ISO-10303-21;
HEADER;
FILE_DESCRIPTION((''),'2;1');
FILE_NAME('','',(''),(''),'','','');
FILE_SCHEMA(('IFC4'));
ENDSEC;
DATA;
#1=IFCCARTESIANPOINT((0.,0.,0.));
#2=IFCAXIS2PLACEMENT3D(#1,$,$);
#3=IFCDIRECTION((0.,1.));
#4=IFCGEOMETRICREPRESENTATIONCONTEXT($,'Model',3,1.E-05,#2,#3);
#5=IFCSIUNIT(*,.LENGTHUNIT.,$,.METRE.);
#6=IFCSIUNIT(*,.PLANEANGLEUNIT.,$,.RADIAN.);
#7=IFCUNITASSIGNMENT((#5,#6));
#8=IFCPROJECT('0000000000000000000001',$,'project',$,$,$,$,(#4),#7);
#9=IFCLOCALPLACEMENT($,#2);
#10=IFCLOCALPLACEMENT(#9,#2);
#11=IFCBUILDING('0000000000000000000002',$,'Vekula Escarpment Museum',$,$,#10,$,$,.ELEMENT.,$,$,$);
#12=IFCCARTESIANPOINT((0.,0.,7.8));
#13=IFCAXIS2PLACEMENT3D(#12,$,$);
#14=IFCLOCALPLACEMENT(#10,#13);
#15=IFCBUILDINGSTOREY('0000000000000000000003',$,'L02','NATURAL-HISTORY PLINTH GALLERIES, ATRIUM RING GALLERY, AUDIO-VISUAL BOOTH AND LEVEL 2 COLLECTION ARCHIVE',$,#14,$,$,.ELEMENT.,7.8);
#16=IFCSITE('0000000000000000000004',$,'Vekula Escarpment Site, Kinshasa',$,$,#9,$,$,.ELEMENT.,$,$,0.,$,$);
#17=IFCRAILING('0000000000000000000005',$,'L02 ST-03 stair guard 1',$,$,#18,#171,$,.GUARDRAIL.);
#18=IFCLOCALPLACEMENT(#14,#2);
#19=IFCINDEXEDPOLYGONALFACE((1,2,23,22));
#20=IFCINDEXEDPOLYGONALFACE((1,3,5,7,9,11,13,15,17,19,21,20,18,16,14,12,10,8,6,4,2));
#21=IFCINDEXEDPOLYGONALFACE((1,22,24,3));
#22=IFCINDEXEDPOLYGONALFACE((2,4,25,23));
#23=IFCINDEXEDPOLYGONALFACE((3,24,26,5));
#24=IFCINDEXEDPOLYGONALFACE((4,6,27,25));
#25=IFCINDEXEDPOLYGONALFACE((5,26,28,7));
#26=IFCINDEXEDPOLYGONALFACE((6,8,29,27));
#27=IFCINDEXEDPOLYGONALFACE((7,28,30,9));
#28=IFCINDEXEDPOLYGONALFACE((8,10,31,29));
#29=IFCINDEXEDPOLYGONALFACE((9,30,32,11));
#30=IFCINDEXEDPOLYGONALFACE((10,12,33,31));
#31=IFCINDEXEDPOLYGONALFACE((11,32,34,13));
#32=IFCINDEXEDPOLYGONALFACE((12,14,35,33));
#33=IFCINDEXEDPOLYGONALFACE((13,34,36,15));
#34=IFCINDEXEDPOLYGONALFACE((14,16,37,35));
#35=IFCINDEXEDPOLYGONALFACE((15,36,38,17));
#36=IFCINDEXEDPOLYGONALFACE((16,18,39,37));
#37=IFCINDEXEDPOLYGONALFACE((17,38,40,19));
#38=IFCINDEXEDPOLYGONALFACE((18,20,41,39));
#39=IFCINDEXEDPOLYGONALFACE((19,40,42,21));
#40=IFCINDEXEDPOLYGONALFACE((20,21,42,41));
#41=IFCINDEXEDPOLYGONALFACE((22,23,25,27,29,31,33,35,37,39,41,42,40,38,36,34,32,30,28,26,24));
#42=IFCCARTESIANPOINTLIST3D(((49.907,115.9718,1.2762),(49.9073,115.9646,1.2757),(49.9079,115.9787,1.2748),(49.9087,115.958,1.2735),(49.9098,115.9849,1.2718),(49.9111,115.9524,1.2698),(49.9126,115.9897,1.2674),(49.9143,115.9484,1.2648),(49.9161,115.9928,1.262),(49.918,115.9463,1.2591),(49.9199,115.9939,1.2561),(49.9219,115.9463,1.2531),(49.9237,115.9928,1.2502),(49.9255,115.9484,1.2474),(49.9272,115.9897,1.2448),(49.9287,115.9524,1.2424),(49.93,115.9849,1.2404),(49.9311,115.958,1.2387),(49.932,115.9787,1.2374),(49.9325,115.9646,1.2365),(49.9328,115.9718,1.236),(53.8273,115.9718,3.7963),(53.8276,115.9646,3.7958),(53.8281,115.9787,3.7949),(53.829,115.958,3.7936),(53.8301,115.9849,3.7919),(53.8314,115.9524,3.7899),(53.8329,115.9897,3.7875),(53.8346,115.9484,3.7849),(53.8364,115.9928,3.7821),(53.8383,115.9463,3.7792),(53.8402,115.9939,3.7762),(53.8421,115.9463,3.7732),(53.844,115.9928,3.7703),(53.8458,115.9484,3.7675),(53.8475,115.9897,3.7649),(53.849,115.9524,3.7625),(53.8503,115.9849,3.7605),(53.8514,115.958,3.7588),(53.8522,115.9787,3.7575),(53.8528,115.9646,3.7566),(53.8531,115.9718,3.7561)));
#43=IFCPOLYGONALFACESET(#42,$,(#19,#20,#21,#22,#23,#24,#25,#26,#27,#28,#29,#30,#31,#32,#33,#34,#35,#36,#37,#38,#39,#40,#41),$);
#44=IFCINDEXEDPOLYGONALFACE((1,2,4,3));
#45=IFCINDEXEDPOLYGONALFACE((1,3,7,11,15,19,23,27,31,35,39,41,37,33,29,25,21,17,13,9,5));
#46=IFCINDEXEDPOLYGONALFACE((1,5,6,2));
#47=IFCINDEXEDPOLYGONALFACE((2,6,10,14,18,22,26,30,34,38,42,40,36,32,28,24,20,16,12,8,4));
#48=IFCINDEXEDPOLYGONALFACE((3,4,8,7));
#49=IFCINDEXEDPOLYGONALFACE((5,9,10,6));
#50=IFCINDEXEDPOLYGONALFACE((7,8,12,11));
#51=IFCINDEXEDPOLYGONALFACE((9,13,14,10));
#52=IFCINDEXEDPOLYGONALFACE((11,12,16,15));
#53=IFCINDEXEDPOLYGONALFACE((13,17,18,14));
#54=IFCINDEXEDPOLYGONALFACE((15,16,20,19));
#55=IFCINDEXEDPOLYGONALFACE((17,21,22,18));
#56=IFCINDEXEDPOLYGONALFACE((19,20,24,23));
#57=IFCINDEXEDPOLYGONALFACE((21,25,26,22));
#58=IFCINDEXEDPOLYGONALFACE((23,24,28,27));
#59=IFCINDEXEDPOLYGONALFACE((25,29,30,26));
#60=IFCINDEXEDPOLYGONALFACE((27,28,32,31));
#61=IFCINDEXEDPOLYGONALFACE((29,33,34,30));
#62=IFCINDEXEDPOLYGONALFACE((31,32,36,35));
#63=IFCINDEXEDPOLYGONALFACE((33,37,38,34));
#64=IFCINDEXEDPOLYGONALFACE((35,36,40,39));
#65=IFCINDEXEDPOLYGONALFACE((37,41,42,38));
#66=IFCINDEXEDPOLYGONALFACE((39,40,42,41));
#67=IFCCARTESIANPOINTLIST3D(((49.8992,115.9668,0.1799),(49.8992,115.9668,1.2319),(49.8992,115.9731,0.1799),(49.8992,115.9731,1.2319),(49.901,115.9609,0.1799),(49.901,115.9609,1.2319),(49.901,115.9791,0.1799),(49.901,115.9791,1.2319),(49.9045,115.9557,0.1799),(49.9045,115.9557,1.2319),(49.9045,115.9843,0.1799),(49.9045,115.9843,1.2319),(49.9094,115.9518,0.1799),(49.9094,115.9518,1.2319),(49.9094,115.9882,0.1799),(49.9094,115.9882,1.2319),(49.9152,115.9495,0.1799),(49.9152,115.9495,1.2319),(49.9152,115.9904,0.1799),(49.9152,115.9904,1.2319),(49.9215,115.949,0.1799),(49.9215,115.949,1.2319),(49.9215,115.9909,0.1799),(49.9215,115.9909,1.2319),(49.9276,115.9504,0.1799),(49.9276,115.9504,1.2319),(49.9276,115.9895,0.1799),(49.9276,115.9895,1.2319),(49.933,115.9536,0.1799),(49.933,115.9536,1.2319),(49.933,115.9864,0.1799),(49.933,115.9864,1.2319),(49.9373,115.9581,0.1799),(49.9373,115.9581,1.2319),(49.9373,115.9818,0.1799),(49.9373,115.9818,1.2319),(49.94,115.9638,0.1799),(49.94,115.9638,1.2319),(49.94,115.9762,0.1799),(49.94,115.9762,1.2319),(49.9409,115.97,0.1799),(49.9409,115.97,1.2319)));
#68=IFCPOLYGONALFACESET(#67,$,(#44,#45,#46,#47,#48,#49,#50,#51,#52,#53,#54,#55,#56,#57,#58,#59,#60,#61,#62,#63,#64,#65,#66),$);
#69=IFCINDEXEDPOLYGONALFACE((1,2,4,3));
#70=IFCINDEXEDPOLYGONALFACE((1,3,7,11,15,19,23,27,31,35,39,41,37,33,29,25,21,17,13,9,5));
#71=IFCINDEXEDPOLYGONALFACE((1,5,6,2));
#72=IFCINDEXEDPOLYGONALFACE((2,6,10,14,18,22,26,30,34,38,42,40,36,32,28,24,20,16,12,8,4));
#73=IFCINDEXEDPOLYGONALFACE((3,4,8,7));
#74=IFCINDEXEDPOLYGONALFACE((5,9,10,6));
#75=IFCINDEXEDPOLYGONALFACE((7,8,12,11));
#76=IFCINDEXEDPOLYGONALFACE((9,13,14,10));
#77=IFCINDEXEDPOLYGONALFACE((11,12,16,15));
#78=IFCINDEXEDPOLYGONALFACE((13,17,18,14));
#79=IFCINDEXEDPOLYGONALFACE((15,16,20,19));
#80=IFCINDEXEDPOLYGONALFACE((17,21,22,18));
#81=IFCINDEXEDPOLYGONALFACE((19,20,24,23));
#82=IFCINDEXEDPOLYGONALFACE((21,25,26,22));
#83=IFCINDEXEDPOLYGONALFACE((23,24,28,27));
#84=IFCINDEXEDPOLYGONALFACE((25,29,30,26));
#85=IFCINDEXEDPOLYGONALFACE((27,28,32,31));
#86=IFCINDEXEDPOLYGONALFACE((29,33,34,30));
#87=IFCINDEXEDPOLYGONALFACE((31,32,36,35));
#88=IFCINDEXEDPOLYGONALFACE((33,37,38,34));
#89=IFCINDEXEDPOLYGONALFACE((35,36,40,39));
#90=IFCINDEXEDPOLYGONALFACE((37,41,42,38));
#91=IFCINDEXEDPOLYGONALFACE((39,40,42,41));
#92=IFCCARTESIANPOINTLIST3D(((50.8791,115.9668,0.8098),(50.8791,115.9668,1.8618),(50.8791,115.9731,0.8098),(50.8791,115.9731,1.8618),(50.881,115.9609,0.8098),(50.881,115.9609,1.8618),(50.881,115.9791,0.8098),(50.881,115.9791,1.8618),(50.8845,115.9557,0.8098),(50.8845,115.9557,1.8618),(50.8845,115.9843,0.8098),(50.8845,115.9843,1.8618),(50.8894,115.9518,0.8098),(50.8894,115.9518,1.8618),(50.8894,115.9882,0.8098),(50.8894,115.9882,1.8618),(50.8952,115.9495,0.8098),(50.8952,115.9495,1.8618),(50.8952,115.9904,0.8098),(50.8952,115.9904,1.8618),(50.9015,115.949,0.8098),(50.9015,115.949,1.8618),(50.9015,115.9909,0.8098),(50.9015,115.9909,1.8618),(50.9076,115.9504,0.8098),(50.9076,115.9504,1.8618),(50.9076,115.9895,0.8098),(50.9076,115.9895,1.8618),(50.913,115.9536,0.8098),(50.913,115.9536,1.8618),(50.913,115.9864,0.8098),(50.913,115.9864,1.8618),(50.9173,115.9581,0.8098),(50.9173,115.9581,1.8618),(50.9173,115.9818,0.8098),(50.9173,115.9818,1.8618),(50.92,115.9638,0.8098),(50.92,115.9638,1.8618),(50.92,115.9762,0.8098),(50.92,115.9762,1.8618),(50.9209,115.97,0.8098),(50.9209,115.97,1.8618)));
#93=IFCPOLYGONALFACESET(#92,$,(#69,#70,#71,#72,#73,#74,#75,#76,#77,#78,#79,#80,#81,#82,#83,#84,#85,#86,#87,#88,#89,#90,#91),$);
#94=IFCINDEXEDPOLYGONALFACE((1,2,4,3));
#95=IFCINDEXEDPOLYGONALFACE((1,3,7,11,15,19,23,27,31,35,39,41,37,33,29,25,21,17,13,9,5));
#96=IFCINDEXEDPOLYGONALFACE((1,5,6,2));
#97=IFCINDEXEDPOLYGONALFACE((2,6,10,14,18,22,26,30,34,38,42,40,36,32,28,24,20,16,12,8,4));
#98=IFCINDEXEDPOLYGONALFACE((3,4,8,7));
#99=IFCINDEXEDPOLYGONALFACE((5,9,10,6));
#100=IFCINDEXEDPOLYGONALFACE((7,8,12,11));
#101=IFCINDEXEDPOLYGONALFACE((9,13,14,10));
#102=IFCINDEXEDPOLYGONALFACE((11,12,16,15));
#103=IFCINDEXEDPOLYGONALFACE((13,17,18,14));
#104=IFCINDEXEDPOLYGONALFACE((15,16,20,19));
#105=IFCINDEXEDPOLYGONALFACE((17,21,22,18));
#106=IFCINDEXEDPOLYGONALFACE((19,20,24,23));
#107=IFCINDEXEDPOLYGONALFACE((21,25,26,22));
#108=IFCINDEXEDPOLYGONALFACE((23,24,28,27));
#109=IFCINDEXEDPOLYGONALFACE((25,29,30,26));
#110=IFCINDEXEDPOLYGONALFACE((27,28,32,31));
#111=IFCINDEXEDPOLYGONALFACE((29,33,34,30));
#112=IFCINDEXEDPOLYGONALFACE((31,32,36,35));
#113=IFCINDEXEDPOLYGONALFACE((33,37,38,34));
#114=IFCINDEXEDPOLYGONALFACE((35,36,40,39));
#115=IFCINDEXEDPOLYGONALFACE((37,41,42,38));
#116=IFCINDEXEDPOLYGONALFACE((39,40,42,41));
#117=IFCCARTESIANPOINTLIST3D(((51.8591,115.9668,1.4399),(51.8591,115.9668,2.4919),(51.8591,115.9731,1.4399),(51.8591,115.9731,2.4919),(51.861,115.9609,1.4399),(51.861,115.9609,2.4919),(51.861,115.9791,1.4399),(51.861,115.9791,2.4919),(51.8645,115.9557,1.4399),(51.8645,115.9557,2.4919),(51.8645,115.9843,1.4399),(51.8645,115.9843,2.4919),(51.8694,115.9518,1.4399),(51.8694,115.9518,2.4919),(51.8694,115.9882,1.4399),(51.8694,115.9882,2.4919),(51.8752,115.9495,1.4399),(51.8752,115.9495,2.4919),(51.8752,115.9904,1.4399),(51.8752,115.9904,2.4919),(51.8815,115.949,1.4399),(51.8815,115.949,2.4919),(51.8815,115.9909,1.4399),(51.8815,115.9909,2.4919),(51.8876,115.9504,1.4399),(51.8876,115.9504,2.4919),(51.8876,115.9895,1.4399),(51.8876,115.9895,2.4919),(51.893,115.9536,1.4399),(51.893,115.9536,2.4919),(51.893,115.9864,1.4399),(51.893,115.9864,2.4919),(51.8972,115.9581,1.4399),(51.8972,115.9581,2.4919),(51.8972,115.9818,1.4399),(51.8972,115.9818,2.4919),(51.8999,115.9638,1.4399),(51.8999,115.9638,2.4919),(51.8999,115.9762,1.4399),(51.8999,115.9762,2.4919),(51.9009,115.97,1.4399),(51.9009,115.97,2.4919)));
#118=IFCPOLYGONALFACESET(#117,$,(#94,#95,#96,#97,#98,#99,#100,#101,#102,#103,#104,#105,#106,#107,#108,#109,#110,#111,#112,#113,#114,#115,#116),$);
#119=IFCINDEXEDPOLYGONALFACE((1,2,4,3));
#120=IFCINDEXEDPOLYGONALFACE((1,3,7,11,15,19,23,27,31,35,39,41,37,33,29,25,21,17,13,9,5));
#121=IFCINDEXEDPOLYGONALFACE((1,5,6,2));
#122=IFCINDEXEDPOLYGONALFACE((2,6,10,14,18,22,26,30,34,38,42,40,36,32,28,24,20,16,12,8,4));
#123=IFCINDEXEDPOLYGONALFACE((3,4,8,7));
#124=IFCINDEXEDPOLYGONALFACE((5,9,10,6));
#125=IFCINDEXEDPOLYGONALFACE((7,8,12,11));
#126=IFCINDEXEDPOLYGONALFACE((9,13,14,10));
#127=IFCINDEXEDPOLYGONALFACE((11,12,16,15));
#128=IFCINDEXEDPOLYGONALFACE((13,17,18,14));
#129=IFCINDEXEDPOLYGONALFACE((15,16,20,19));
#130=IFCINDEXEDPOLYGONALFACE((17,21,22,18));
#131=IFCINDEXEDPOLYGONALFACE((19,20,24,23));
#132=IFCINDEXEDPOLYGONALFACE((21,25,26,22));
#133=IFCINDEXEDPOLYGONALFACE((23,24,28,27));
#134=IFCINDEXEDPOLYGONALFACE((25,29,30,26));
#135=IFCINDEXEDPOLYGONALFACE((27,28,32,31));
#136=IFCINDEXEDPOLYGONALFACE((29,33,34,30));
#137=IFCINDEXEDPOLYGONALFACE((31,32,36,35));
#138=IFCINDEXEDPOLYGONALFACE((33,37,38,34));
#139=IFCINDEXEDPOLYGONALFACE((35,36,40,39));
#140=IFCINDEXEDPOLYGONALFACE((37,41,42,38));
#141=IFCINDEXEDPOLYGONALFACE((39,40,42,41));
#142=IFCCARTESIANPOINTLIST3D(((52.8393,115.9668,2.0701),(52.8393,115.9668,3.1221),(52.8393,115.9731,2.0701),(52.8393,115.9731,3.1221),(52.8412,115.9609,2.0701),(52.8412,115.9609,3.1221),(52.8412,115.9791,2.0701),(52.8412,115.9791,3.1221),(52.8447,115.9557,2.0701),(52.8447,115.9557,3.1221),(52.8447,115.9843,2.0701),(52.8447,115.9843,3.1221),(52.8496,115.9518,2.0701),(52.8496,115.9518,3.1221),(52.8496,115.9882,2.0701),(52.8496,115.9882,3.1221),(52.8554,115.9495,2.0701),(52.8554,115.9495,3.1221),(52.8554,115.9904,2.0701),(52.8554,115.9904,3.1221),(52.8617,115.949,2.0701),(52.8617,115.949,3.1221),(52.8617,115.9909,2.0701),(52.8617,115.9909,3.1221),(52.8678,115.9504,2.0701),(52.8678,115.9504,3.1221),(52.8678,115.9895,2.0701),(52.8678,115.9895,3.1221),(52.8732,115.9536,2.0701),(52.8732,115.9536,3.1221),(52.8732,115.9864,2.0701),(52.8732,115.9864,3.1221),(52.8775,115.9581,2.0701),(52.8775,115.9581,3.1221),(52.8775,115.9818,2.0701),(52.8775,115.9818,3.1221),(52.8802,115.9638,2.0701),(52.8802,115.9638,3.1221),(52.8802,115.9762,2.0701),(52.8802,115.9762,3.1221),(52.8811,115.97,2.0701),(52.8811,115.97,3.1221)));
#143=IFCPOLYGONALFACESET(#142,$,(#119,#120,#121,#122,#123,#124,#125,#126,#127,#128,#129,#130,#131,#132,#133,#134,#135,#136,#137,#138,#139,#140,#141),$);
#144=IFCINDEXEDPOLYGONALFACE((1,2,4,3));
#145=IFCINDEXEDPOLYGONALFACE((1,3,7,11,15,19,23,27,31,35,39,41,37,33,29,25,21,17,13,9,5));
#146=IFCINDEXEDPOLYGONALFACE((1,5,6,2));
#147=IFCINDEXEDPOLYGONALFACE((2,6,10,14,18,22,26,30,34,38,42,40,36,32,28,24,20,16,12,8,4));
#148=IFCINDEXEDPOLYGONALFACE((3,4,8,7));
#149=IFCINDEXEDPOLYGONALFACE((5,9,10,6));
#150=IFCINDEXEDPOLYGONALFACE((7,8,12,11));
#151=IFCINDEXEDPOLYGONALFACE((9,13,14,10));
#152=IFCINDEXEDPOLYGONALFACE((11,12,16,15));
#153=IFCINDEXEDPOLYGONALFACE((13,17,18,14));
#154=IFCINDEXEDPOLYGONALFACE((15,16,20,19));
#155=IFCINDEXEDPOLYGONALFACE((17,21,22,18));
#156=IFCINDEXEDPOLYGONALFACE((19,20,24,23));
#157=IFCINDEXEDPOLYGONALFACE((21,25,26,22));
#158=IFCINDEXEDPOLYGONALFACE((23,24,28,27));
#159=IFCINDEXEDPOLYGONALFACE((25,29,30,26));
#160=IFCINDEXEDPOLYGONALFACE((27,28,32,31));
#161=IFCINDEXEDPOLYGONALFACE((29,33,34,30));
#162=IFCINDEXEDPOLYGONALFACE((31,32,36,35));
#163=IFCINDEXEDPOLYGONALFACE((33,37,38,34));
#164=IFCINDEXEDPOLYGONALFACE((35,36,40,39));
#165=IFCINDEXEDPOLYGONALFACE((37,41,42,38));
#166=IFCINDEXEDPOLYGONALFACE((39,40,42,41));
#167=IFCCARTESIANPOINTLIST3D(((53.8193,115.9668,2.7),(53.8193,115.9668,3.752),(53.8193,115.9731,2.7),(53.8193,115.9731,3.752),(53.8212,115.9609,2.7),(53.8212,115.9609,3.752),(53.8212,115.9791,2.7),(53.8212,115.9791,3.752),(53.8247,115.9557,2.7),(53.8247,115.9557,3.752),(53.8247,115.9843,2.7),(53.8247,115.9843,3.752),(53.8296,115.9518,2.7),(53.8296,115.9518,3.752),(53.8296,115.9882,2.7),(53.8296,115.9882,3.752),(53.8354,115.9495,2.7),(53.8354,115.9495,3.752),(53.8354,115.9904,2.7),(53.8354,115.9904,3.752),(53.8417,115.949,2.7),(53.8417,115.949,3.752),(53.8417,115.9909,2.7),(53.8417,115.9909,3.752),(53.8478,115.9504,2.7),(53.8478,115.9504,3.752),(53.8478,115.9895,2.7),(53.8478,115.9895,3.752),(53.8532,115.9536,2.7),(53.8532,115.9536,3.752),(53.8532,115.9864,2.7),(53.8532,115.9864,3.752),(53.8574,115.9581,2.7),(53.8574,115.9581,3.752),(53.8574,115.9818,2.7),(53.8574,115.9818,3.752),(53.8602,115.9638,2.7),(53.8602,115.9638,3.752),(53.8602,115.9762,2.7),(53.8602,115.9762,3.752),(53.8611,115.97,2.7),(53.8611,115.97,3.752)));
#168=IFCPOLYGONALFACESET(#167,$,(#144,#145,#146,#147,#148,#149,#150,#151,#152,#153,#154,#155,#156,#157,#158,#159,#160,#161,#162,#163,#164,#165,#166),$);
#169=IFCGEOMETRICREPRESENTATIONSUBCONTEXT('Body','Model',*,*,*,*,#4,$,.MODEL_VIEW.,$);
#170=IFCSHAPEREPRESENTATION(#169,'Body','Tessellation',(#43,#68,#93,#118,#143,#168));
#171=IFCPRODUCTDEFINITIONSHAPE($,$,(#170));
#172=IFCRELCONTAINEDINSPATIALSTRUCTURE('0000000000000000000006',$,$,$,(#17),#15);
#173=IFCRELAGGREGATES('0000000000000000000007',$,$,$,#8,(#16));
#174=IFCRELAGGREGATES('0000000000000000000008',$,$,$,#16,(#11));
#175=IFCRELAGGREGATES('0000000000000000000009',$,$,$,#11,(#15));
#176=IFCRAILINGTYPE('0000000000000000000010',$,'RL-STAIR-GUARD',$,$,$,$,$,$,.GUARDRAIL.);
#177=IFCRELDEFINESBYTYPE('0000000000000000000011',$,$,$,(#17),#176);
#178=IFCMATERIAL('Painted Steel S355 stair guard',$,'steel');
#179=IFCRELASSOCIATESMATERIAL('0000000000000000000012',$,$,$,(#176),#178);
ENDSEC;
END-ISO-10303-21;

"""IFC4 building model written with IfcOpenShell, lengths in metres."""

from ifc_helpers import new_model, si_unit, direction, frame, origin, origin_2d, place, context, subcontext, project, spatial, circle, extrude, material, type_object, element, save


model = new_model("IFC4")

# Units and contexts
model_context = context("Model", 3, precision=1e-05, world=origin(), true_north=direction((0.0, 1.0)))
body_context = subcontext(model_context, "Body", "Model", "MODEL_VIEW")
ifc_project = project(units=[si_unit("LENGTHUNIT", "METRE"), si_unit("PLANEANGLEUNIT", "RADIAN")], contexts=[model_context])

# Site, building, storey
site_placement = place(None, origin())
site = spatial("IfcSite", under=ifc_project, at=site_placement, Name="Vekula Escarpment Site, Kinshasa", CompositionType="ELEMENT", RefElevation=0.0)
building_placement = place(site_placement, origin())
building = spatial("IfcBuilding", under=site, at=building_placement, Name="Vekula Escarpment Museum", CompositionType="ELEMENT")
storey_placement = place(building_placement, frame((0.0, 0.0, 7.8)))
storey = spatial("IfcBuildingStorey", under=building, at=storey_placement, Name="L02", Description="NATURAL-HISTORY PLINTH GALLERIES, ATRIUM RING GALLERY, AUDIO-VISUAL BOOTH AND LEVEL 2 COLLECTION ARCHIVE", CompositionType="ELEMENT", Elevation=7.8)

# Railing
ifc_material_1 = material(Name="Painted Steel S355 stair guard", Category="steel")
railing_type_1 = type_object("IfcRailingType", Name="RL-STAIR-GUARD", PredefinedType="GUARDRAIL", material=ifc_material_1)
railing_1_placement = place(storey_placement, frame((49.9199, 115.97, 0.1799)))
element("IfcRailing", 1, at=railing_1_placement, inside=storey, type_object=railing_type_1, Name="L02 ST-03 stair guard 1", PredefinedType="GUARDRAIL", context=body_context, shape_type="SweptSolid", body=[
    extrude(circle(Radius=0.0239, at=origin_2d()), frame((0.0, 0.0, 1.0762), z_axis=(0.841187, 0.0, 0.540744), x_axis=(0.0, 1.0, 0.0)), (0.0, 0.0, 1.0), 4.6604),
    extrude(circle(Radius=0.021, at=origin_2d()), origin(), (0.0, 0.0, 1.0), 1.052),
    extrude(circle(Radius=0.021, at=origin_2d()), frame((0.98, 0.0, 0.6299)), (0.0, 0.0, 1.0), 1.052),
    extrude(circle(Radius=0.021, at=origin_2d()), frame((1.96, 0.0, 1.26)), (0.0, 0.0, 1.0), 1.052),
    extrude(circle(Radius=0.021, at=origin_2d()), frame((2.9402, 0.0, 1.8901)), (0.0, 0.0, 1.0), 1.052),
    extrude(circle(Radius=0.021, at=origin_2d()), frame((3.9202, 0.0, 2.52)), (0.0, 0.0, 1.0), 1.052),
])

save(model, "model.ifc")
